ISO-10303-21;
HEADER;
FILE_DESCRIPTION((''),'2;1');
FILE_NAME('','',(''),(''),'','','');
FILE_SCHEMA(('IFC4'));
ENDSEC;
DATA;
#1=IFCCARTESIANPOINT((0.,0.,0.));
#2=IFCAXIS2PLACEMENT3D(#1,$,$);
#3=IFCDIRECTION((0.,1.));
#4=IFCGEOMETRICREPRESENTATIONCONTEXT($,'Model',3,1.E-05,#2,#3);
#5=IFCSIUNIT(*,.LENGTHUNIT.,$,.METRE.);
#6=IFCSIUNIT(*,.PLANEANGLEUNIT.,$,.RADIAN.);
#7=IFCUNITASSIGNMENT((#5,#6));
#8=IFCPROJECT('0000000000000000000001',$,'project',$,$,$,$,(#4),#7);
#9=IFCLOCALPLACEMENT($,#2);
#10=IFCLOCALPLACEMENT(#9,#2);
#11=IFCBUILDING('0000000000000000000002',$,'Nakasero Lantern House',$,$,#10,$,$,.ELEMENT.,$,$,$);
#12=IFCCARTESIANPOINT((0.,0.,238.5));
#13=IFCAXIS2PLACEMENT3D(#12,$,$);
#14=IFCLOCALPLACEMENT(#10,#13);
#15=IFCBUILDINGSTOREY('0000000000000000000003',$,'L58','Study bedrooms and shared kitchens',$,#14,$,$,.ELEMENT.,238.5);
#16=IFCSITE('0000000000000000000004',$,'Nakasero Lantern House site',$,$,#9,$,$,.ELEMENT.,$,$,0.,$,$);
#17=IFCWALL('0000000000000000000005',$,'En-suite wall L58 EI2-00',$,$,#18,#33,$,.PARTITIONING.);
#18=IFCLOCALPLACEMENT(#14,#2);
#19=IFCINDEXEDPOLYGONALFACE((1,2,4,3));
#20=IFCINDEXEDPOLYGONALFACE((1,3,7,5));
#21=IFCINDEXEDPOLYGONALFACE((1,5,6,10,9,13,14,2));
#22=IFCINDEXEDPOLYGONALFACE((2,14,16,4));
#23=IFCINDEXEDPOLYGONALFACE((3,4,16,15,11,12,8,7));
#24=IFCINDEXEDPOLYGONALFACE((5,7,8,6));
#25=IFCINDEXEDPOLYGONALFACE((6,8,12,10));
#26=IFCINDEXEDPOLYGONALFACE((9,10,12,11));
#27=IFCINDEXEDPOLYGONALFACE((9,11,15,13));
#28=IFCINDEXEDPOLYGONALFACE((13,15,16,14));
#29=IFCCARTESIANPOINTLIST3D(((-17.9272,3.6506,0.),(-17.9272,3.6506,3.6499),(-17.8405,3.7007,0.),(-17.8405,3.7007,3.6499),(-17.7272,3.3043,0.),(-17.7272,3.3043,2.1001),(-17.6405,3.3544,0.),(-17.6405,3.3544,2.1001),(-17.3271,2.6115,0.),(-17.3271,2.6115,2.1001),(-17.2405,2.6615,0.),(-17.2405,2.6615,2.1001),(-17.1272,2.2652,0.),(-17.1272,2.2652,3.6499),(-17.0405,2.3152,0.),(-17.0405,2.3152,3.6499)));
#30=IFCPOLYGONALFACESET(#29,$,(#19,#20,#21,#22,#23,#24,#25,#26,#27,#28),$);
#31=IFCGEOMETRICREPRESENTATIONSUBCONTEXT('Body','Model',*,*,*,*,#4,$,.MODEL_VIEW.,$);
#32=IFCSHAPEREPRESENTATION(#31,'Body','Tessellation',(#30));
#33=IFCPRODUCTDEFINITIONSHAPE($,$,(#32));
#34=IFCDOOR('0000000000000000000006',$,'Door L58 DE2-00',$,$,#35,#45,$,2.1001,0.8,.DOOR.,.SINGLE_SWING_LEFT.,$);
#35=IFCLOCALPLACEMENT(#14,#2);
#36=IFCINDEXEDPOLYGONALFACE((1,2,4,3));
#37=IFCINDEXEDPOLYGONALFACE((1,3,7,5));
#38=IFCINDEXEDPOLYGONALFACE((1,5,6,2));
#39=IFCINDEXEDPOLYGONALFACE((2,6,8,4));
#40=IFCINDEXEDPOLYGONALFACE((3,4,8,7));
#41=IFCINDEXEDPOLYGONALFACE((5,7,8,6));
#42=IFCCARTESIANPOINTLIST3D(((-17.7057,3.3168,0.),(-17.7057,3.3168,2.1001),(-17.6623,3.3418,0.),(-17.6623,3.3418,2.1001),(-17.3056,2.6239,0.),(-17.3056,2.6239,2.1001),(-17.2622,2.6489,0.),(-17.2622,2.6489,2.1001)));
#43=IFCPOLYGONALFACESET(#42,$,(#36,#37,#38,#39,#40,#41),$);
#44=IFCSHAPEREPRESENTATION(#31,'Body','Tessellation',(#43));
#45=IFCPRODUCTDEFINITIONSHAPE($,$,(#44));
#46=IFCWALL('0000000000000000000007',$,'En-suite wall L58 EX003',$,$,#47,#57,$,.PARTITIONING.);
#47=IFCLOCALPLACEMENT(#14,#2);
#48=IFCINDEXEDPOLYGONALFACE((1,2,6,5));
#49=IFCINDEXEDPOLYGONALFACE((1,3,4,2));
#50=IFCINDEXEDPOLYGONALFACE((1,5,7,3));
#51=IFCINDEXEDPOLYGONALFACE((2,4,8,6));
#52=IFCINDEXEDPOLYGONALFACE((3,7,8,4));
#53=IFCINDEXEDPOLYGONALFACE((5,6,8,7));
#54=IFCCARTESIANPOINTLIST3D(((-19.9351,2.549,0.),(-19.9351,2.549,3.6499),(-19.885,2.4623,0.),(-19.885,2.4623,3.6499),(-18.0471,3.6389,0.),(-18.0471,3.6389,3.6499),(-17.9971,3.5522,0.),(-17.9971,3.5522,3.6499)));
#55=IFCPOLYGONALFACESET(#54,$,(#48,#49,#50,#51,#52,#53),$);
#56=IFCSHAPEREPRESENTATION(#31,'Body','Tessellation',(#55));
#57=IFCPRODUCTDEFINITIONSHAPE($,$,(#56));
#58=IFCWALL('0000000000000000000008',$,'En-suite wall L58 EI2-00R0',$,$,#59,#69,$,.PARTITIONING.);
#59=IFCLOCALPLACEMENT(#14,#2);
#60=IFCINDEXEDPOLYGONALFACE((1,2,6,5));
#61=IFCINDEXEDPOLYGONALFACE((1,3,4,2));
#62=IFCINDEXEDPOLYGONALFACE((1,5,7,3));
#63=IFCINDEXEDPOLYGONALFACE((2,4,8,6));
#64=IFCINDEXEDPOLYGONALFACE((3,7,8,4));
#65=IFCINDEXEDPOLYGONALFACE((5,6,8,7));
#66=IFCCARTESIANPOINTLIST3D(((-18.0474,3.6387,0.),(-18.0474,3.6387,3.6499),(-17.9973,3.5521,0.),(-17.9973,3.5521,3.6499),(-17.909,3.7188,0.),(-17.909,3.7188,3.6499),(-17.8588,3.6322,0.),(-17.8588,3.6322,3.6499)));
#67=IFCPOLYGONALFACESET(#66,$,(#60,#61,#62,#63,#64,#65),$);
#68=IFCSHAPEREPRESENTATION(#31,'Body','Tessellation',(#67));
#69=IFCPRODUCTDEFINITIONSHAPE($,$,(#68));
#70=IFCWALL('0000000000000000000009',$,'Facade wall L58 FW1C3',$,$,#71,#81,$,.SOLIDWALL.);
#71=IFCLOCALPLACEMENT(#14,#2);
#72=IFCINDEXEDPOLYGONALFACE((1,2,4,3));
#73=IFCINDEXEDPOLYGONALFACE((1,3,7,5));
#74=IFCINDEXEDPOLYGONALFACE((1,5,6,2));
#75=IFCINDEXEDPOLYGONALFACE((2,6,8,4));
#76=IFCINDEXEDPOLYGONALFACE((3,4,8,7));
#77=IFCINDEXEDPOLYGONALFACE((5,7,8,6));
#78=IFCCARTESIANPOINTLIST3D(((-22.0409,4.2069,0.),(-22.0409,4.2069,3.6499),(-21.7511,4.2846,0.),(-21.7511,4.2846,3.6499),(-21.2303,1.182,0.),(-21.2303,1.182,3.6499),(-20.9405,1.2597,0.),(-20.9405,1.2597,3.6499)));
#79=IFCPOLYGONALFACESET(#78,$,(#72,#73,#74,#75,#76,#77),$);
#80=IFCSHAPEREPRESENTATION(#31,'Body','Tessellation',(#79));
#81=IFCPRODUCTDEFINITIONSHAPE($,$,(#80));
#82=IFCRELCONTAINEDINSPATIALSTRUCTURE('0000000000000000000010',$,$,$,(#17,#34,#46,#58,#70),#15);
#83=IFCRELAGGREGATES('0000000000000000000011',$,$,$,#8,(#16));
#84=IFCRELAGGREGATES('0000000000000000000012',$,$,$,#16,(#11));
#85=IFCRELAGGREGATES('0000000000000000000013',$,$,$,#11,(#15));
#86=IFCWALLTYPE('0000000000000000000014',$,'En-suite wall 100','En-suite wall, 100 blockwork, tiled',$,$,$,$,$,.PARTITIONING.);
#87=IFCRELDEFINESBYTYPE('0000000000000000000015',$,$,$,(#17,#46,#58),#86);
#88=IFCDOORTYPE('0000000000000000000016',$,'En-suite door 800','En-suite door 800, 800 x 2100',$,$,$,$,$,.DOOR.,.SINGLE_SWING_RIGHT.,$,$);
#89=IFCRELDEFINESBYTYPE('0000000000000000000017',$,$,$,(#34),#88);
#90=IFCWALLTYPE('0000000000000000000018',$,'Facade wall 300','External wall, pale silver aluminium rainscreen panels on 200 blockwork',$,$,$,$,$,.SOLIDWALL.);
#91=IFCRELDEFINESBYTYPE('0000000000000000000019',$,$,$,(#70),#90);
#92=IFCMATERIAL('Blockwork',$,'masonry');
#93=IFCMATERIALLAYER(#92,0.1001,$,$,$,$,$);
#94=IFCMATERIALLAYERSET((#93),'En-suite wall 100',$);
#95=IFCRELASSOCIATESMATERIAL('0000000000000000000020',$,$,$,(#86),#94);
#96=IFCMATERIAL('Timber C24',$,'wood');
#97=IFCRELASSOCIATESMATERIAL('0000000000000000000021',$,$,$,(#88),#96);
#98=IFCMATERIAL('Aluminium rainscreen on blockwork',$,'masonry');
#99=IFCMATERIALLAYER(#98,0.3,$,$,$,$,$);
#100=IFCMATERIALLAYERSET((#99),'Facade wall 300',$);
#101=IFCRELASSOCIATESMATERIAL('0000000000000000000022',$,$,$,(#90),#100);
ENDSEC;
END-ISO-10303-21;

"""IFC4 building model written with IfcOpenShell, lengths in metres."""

from ifc_helpers import new_model, si_unit, direction, frame, frame_2d, origin, place, context, subcontext, project, spatial, rectangle, extrude, material, layer, layer_set, type_object, element, fill, save


model = new_model("IFC4")

# Units and contexts
model_context = context("Model", 3, precision=1e-05, world=origin(), true_north=direction((0.0, 1.0)))
body_context = subcontext(model_context, "Body", "Model", "MODEL_VIEW")
ifc_project = project(units=[si_unit("LENGTHUNIT", "METRE"), si_unit("PLANEANGLEUNIT", "RADIAN")], contexts=[model_context])

# Site, building, storey
site_placement = place(None, origin())
site = spatial("IfcSite", under=ifc_project, at=site_placement, Name="Nakasero Lantern House site", CompositionType="ELEMENT", RefElevation=0.0)
building_placement = place(site_placement, origin())
building = spatial("IfcBuilding", under=site, at=building_placement, Name="Nakasero Lantern House", CompositionType="ELEMENT")
storey_placement = place(building_placement, frame((0.0, 0.0, 238.5)))
storey = spatial("IfcBuildingStorey", under=building, at=storey_placement, Name="L58", Description="Study bedrooms and shared kitchens", CompositionType="ELEMENT", Elevation=238.5)

# Shared definitions
ifc_material_1 = material(Name="Blockwork", Category="masonry")
ifc_layer_1 = layer(ifc_material_1, 0.1001)
ifc_layer_set_1 = layer_set([ifc_layer_1], Name="En-suite wall 100")
wall_type_1 = type_object("IfcWallType", Name="En-suite wall 100", Description="En-suite wall, 100 blockwork, tiled", PredefinedType="PARTITIONING", material=ifc_layer_set_1)

# Wall, opening, door
wall_1_placement = place(storey_placement, frame((-17.8838, 3.6755, 0.0), z_axis=(0.0, 0.0, 1.0), x_axis=(0.500061, -0.86599, 0.0)))
wall_1 = element("IfcWall", 1, at=wall_1_placement, inside=storey, type_object=wall_type_1, Name="En-suite wall L58 EI2-00", PredefinedType="PARTITIONING", context=body_context, shape_type="SweptSolid", body=[
    extrude(rectangle(XDim=1.5999, YDim=0.1001, at=frame_2d((0.7998, 0.0))), origin(), (0.0, 0.0, 1.0), 3.6499),
])
opening_1_placement = place(wall_1_placement, frame((0.3999, 0.0, 0.0)))
opening_1 = element("IfcOpeningElement", 2, at=opening_1_placement, cuts=wall_1, PredefinedType="OPENING", context=body_context, shape_type="SweptSolid", body=[
    extrude(rectangle(XDim=0.8, YDim=2.1001, at=frame_2d((0.3999, 1.05))), frame((0.0, 0.0701, 0.0), z_axis=(0.0, -1.0, 0.0), x_axis=(1.0, 0.0, 0.0)), (0.0, 0.0, 1.0), 0.1401),
])
ifc_material_2 = material(Name="Timber C24", Category="wood")
door_type_1 = type_object("IfcDoorType", Name="En-suite door 800", Description="En-suite door 800, 800 x 2100", OperationType="SINGLE_SWING_RIGHT", PredefinedType="DOOR", material=ifc_material_2)
door_1_placement = place(opening_1_placement, origin())
door_1 = element("IfcDoor", 3, at=door_1_placement, inside=storey, type_object=door_type_1, Name="Door L58 DE2-00", OperationType="SINGLE_SWING_LEFT", OverallHeight=2.1001, OverallWidth=0.8, PredefinedType="DOOR", context=body_context, shape_type="SweptSolid", body=[
    extrude(rectangle(XDim=0.8, YDim=2.1001, at=frame_2d((0.3999, 1.05))), frame((0.0, 0.0249, 0.0), z_axis=(0.0, -1.0, 0.0), x_axis=(1.0, 0.0, 0.0)), (0.0, 0.0, 1.0), 0.05),
])
fill(opening_1, door_1)

# Walls
wall_2_placement = place(storey_placement, frame((-18.0222, 3.5955, 0.0), z_axis=(0.0, 0.0, 1.0), x_axis=(-0.866057, -0.499945, 0.0)))
element("IfcWall", 4, at=wall_2_placement, inside=storey, type_object=wall_type_1, Name="En-suite wall L58 EX003", PredefinedType="PARTITIONING", context=body_context, shape_type="SweptSolid", body=[
    extrude(rectangle(XDim=2.1799, YDim=0.1001, at=frame_2d((1.0898, 0.0))), origin(), (0.0, 0.0, 1.0), 3.6499),
])
wall_3_placement = place(storey_placement, frame((-17.8838, 3.6755, 0.0), z_axis=(0.0, 0.0, 1.0), x_axis=(-0.8656, -0.500735, 0.0)))
element("IfcWall", 5, at=wall_3_placement, inside=storey, type_object=wall_type_1, Name="En-suite wall L58 EI2-00R0", PredefinedType="PARTITIONING", context=body_context, shape_type="SweptSolid", body=[
    extrude(rectangle(XDim=0.1599, YDim=0.1001, at=frame_2d((0.0801, 0.0))), origin(), (0.0, 0.0, 1.0), 3.6499),
])
ifc_material_3 = material(Name="Aluminium rainscreen on blockwork", Category="masonry")
ifc_layer_2 = layer(ifc_material_3, 0.3)
ifc_layer_set_2 = layer_set([ifc_layer_2], Name="Facade wall 300")
wall_type_2 = type_object("IfcWallType", Name="Facade wall 300", Description="External wall, pale silver aluminium rainscreen panels on 200 blockwork", PredefinedType="SOLIDWALL", material=ifc_layer_set_2)
wall_4_placement = place(storey_placement, frame((-21.896, 4.2458, 0.0), z_axis=(0.0, 0.0, 1.0), x_axis=(0.258827, -0.965924, 0.0)))
element("IfcWall", 6, at=wall_4_placement, inside=storey, type_object=wall_type_2, Name="Facade wall L58 FW1C3", PredefinedType="SOLIDWALL", context=body_context, shape_type="SweptSolid", body=[
    extrude(rectangle(XDim=3.1316, YDim=0.3, at=frame_2d((1.5659, 0.0))), origin(), (0.0, 0.0, 1.0), 3.6499),
])

save(model, "model.ifc")
